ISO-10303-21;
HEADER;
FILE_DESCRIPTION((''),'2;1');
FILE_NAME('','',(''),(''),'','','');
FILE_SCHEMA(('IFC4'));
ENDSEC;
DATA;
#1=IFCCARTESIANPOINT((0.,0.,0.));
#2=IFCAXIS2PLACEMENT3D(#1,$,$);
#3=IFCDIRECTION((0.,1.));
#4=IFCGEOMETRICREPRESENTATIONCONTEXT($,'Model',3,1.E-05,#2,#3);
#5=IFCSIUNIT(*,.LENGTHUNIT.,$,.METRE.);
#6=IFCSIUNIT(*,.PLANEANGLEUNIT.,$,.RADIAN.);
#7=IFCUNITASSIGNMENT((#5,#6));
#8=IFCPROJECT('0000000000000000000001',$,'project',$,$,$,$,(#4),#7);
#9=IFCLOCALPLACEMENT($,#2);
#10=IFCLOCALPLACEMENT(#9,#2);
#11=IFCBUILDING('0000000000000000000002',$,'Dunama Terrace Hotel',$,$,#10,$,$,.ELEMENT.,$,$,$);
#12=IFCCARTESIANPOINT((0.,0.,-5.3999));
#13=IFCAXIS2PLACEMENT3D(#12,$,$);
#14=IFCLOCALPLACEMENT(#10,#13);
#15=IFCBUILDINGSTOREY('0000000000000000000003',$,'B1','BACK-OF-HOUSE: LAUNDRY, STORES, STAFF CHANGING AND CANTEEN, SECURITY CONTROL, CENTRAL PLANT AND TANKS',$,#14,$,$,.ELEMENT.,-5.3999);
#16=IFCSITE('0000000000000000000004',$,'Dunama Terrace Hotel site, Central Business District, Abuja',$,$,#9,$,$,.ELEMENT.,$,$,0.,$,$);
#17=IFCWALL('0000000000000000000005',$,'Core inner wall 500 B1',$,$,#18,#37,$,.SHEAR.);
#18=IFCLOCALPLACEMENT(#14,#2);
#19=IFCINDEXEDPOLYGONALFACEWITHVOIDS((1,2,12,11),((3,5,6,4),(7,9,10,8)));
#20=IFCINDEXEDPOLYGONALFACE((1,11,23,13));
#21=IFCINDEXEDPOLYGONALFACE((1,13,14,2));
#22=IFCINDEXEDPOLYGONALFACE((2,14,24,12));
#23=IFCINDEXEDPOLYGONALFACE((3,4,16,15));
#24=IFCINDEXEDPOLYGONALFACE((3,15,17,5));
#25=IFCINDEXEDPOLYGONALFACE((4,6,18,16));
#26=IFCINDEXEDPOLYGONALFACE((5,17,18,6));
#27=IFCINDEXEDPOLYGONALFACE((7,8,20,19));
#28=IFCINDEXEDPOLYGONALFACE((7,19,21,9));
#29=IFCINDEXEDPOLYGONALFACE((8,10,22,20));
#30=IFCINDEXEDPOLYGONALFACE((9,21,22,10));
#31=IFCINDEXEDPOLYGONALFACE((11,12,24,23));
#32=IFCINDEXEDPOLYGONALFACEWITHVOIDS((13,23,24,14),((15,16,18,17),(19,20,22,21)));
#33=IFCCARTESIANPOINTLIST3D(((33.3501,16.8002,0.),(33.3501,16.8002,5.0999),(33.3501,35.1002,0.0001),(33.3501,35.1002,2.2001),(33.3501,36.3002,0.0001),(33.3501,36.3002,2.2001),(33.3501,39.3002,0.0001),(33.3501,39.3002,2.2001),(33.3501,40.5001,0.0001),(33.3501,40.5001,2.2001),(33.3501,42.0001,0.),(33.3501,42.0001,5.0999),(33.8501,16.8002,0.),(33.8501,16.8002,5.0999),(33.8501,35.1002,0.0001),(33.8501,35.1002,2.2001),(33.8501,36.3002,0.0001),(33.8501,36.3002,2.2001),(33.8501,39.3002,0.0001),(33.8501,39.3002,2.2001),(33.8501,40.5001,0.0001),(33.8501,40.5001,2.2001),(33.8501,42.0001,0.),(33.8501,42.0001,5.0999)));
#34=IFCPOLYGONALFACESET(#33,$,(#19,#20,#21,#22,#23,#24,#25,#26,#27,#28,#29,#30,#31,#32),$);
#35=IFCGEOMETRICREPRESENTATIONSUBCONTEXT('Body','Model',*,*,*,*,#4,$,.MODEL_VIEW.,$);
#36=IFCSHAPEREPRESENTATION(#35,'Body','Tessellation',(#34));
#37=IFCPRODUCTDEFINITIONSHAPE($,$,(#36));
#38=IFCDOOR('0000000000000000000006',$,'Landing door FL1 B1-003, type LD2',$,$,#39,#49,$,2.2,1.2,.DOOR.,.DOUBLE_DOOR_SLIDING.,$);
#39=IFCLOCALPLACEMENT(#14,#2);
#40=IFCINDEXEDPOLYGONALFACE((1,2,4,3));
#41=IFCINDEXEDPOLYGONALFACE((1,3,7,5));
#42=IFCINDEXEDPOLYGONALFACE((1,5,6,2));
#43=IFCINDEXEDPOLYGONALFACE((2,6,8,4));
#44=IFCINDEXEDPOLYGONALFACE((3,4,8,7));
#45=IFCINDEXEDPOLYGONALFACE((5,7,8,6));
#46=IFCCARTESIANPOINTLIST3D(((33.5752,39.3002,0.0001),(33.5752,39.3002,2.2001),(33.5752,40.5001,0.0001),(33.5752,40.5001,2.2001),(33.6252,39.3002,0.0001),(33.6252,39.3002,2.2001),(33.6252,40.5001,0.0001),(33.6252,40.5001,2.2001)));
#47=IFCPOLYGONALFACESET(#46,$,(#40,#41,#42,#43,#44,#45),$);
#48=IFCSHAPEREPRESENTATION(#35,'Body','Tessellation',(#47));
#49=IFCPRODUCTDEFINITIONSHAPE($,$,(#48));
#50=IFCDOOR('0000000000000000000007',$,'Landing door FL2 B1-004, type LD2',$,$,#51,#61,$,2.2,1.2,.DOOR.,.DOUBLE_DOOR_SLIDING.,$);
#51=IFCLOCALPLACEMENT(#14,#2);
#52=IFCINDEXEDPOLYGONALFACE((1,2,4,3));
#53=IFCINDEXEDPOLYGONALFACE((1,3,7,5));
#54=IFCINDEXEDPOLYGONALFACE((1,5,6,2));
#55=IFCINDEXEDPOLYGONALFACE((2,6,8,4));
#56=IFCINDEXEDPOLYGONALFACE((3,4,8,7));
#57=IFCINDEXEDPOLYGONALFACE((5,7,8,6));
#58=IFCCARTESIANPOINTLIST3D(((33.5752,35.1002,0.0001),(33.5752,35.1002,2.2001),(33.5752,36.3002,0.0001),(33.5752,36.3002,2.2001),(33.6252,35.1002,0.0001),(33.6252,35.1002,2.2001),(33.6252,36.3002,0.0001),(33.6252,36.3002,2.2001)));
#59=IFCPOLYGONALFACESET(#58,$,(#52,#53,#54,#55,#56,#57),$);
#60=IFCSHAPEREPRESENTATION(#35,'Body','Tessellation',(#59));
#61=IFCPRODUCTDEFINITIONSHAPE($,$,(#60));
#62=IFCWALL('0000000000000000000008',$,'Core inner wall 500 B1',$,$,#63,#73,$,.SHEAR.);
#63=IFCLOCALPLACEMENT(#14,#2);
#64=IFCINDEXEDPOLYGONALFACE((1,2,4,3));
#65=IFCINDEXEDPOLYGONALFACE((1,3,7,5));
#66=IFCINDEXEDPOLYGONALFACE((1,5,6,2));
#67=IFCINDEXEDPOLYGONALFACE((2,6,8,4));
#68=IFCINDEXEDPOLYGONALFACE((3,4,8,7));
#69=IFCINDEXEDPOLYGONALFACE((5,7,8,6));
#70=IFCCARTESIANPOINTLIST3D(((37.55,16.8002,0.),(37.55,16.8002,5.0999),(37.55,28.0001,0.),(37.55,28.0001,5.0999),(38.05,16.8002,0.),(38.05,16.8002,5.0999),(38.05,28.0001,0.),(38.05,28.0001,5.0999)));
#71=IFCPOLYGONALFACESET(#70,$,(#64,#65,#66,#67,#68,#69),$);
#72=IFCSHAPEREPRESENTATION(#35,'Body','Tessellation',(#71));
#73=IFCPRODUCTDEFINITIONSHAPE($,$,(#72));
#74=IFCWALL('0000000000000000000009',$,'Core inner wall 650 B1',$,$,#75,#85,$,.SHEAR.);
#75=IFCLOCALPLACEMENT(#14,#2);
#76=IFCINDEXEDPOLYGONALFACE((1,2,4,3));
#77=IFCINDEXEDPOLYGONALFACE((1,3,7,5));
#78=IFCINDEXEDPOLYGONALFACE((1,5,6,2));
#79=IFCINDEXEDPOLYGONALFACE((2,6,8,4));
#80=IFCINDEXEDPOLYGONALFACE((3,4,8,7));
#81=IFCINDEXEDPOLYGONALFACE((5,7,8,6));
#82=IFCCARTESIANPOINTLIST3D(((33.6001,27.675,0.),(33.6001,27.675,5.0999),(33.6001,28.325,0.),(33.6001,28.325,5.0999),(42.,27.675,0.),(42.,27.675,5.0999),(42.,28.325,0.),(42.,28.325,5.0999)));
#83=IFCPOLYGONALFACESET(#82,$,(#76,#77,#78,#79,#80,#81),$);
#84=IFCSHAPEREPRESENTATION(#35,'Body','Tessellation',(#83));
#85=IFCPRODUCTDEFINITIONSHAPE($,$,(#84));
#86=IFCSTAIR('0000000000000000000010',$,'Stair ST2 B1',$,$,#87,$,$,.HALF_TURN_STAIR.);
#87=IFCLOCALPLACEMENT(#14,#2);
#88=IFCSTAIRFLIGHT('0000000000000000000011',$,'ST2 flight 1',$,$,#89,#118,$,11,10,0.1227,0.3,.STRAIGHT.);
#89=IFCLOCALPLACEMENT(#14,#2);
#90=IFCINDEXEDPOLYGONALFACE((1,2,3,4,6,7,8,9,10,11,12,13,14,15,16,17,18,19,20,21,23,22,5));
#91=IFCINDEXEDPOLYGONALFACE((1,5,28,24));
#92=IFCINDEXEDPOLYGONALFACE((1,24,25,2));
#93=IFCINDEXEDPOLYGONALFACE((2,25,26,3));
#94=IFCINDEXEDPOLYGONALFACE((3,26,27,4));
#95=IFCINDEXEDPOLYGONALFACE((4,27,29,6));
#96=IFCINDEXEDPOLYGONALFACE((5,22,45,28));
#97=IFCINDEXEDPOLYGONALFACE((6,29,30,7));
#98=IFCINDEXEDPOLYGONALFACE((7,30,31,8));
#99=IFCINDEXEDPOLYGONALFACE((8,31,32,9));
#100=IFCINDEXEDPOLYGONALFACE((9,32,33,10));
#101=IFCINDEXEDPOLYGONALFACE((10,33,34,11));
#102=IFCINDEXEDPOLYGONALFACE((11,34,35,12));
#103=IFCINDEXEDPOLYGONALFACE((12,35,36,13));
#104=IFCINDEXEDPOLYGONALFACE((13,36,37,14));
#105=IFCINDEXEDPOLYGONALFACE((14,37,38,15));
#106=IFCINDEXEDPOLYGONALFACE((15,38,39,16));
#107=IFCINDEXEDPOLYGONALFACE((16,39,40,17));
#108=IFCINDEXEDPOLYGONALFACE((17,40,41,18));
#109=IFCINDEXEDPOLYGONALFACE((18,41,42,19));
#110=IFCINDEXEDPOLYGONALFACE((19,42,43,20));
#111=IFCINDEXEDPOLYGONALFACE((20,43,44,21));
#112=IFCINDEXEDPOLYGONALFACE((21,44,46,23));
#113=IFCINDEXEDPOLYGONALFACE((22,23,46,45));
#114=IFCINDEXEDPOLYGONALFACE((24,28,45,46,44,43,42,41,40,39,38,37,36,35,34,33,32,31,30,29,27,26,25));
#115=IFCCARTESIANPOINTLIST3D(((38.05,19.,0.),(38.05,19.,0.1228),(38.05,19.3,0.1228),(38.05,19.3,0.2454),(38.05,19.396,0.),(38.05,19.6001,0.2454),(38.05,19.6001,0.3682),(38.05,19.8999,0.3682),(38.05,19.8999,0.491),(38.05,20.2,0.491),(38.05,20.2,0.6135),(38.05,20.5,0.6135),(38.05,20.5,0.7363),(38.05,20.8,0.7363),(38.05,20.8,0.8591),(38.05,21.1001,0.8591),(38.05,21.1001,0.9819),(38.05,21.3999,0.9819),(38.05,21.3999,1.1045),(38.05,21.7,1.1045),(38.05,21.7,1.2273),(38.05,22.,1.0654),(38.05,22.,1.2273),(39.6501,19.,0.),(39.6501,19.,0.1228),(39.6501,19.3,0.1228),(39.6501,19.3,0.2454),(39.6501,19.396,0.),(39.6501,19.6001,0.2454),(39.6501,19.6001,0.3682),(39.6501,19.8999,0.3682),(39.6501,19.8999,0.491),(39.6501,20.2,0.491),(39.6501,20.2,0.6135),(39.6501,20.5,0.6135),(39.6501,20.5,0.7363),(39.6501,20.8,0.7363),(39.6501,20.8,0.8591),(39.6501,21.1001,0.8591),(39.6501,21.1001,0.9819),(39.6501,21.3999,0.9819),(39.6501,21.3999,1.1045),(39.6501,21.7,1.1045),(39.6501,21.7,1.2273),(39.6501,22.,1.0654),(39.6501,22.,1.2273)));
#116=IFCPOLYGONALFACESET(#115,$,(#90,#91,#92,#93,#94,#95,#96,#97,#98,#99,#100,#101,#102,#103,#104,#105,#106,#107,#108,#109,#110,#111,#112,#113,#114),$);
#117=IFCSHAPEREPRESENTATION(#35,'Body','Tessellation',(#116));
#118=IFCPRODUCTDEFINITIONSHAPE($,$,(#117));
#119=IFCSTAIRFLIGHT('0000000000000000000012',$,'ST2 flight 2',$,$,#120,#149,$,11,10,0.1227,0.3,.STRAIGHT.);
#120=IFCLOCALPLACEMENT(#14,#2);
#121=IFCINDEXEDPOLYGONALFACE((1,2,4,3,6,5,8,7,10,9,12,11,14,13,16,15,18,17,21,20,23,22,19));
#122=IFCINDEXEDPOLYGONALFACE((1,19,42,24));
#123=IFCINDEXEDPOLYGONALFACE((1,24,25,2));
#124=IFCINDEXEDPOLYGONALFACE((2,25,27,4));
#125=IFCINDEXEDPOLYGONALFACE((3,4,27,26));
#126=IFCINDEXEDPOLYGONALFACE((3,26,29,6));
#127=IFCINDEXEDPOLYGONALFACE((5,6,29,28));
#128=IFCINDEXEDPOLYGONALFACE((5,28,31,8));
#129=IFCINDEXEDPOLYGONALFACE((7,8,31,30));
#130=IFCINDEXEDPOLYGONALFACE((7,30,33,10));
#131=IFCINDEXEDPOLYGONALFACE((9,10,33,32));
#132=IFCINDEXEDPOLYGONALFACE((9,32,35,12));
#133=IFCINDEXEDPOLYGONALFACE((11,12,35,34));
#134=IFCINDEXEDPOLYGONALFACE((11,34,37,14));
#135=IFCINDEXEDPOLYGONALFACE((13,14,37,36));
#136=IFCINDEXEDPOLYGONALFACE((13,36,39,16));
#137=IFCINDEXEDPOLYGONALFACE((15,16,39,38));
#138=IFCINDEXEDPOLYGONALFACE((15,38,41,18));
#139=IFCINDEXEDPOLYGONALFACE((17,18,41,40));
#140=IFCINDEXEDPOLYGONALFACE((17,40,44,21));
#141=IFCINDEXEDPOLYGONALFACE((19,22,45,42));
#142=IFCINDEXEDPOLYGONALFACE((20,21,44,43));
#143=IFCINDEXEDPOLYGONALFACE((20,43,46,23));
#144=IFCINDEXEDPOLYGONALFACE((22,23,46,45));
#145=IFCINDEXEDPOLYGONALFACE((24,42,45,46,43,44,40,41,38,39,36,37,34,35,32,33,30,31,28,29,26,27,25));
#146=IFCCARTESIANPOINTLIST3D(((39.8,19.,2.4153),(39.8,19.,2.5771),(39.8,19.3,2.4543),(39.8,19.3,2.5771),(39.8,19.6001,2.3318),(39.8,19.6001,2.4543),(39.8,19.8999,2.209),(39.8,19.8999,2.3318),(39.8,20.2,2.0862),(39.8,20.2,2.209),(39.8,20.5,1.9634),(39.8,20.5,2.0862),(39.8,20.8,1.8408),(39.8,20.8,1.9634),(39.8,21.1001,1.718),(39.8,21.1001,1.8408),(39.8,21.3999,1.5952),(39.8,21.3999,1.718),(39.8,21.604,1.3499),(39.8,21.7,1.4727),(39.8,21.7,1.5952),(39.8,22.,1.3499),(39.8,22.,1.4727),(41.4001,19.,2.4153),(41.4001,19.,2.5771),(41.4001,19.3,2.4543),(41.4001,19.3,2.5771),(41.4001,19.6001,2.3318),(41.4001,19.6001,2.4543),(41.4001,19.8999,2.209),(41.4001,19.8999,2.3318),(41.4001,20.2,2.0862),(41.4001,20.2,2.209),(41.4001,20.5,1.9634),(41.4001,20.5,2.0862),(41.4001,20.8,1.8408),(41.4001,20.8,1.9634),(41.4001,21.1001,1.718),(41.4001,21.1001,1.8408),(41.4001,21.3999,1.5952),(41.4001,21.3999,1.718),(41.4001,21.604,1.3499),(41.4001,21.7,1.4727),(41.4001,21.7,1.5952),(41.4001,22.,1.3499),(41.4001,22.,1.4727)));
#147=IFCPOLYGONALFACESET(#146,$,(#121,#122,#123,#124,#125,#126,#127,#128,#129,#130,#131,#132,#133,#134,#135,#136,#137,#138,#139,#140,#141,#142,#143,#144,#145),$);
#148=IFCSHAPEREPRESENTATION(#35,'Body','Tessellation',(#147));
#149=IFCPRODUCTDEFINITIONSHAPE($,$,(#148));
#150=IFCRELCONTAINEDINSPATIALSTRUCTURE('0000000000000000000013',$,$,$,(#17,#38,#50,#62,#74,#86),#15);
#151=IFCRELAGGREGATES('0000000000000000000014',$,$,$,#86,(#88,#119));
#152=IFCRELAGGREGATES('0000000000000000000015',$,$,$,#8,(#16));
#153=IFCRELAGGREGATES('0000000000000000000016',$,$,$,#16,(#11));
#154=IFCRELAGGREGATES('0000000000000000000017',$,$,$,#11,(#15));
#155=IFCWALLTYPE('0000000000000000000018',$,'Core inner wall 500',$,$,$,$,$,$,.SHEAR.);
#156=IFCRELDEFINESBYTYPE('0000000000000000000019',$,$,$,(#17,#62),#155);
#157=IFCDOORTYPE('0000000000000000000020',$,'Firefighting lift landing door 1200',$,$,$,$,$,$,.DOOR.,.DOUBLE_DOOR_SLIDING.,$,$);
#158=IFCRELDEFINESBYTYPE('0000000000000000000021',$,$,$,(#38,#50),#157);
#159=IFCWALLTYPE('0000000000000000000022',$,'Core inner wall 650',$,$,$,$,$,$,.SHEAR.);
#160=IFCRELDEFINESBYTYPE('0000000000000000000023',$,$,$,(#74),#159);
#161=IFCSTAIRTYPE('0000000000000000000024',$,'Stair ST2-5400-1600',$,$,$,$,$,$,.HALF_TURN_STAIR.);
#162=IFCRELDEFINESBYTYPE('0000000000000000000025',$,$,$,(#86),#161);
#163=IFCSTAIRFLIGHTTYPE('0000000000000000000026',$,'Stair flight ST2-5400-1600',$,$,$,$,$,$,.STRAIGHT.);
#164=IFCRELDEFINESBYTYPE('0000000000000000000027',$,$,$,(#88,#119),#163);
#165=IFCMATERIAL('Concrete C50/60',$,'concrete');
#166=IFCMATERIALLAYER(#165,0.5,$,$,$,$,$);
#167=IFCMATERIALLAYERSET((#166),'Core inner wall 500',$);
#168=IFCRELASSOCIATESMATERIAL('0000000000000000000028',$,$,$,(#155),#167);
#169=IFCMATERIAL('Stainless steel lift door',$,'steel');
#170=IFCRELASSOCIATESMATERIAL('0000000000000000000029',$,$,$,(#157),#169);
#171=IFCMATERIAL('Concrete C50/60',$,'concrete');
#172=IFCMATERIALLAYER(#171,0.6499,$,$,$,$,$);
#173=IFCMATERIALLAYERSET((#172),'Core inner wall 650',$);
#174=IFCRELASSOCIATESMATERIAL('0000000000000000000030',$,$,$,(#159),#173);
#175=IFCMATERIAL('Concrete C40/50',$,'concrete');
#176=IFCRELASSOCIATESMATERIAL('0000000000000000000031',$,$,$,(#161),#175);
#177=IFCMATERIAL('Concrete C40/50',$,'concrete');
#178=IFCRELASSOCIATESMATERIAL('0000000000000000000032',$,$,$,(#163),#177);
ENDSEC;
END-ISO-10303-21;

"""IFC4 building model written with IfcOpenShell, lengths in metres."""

from ifc_helpers import new_model, si_unit, direction, frame, frame_2d, origin, place, context, subcontext, project, spatial, polyline, rectangle, outline, extrude, material, layer, layer_set, type_object, element, fill, aggregate, save


model = new_model("IFC4")

# Units and contexts
model_context = context("Model", 3, precision=1e-05, world=origin(), true_north=direction((0.0, 1.0)))
body_context = subcontext(model_context, "Body", "Model", "MODEL_VIEW")
ifc_project = project(units=[si_unit("LENGTHUNIT", "METRE"), si_unit("PLANEANGLEUNIT", "RADIAN")], contexts=[model_context])

# Site, building, storey
site_placement = place(None, origin())
site = spatial("IfcSite", under=ifc_project, at=site_placement, Name="Dunama Terrace Hotel site, Central Business District, Abuja", CompositionType="ELEMENT", RefElevation=0.0)
building_placement = place(site_placement, origin())
building = spatial("IfcBuilding", under=site, at=building_placement, Name="Dunama Terrace Hotel", CompositionType="ELEMENT")
storey_placement = place(building_placement, frame((0.0, 0.0, -5.3999)))
storey = spatial("IfcBuildingStorey", under=building, at=storey_placement, Name="B1", Description="BACK-OF-HOUSE: LAUNDRY, STORES, STAFF CHANGING AND CANTEEN, SECURITY CONTROL, CENTRAL PLANT AND TANKS", CompositionType="ELEMENT", Elevation=-5.3999)

# Wall, openings, doors
ifc_material_1 = material(Name="Concrete C50/60", Category="concrete")
ifc_layer_1 = layer(ifc_material_1, 0.5)
ifc_layer_set_1 = layer_set([ifc_layer_1], Name="Core inner wall 500")
wall_type_1 = type_object("IfcWallType", Name="Core inner wall 500", PredefinedType="SHEAR", material=ifc_layer_set_1)
wall_1_placement = place(storey_placement, frame((33.6001, 16.8, 0.0), z_axis=(0.0, 0.0, 1.0), x_axis=(0.0, 1.0, 0.0)))
wall_1 = element("IfcWall", 1, at=wall_1_placement, inside=storey, type_object=wall_type_1, Name="Core inner wall 500 B1", PredefinedType="SHEAR", context=body_context, shape_type="SweptSolid", body=[
    extrude(rectangle(XDim=25.2, YDim=0.5, at=frame_2d((12.6001, 0.0))), origin(), (0.0, 0.0, 1.0), 5.0999),
])
opening_1_placement = place(wall_1_placement, frame((22.5, 0.0, 0.0)))
opening_1 = element("IfcOpeningElement", 2, at=opening_1_placement, cuts=wall_1, PredefinedType="OPENING", context=body_context, shape_type="SweptSolid", body=[
    extrude(rectangle(XDim=1.2, YDim=2.2, at=frame_2d((0.6001, 1.1001))), frame((0.0, 0.26, 0.0), z_axis=(0.0, -1.0, 0.0), x_axis=(1.0, 0.0, 0.0)), (0.0, 0.0, 1.0), 0.52),
])
opening_2_placement = place(wall_1_placement, frame((18.3, 0.0, 0.0)))
opening_2 = element("IfcOpeningElement", 3, at=opening_2_placement, cuts=wall_1, PredefinedType="OPENING", context=body_context, shape_type="SweptSolid", body=[
    extrude(rectangle(XDim=1.2, YDim=2.2, at=frame_2d((0.6001, 1.1001))), frame((0.0, 0.26, 0.0), z_axis=(0.0, -1.0, 0.0), x_axis=(1.0, 0.0, 0.0)), (0.0, 0.0, 1.0), 0.52),
])
ifc_material_2 = material(Name="Stainless steel lift door", Category="steel")
door_type_1 = type_object("IfcDoorType", Name="Firefighting lift landing door 1200", OperationType="DOUBLE_DOOR_SLIDING", PredefinedType="DOOR", material=ifc_material_2)
door_1_placement = place(opening_1_placement, origin())
door_1 = element("IfcDoor", 4, at=door_1_placement, inside=storey, type_object=door_type_1, Name="Landing door FL1 B1-003, type LD2", OperationType="DOUBLE_DOOR_SLIDING", OverallHeight=2.2, OverallWidth=1.2, PredefinedType="DOOR", context=body_context, shape_type="SweptSolid", body=[
    extrude(rectangle(XDim=1.2, YDim=2.2, at=frame_2d((0.6001, 1.1001))), frame((0.0, 0.0249, 0.0), z_axis=(0.0, -1.0, 0.0), x_axis=(1.0, 0.0, 0.0)), (0.0, 0.0, 1.0), 0.05),
])
fill(opening_1, door_1)
door_2_placement = place(opening_2_placement, origin())
door_2 = element("IfcDoor", 5, at=door_2_placement, inside=storey, type_object=door_type_1, Name="Landing door FL2 B1-004, type LD2", OperationType="DOUBLE_DOOR_SLIDING", OverallHeight=2.2, OverallWidth=1.2, PredefinedType="DOOR", context=body_context, shape_type="SweptSolid", body=[
    extrude(rectangle(XDim=1.2, YDim=2.2, at=frame_2d((0.6001, 1.1001))), frame((0.0, 0.0249, 0.0), z_axis=(0.0, -1.0, 0.0), x_axis=(1.0, 0.0, 0.0)), (0.0, 0.0, 1.0), 0.05),
])
fill(opening_2, door_2)

# Walls
wall_2_placement = place(storey_placement, frame((37.8, 16.8, 0.0), z_axis=(0.0, 0.0, 1.0), x_axis=(0.0, 1.0, 0.0)))
element("IfcWall", 6, at=wall_2_placement, inside=storey, type_object=wall_type_1, Name="Core inner wall 500 B1", PredefinedType="SHEAR", context=body_context, shape_type="SweptSolid", body=[
    extrude(rectangle(XDim=11.2, YDim=0.5, at=frame_2d((5.6001, 0.0))), origin(), (0.0, 0.0, 1.0), 5.0999),
])
ifc_material_3 = material(Name="Concrete C50/60", Category="concrete")
ifc_layer_2 = layer(ifc_material_3, 0.6499)
ifc_layer_set_2 = layer_set([ifc_layer_2], Name="Core inner wall 650")
wall_type_2 = type_object("IfcWallType", Name="Core inner wall 650", PredefinedType="SHEAR", material=ifc_layer_set_2)
wall_3_placement = place(storey_placement, frame((33.6001, 28.0, 0.0), z_axis=(0.0, 0.0, 1.0), x_axis=(1.0, 0.0, 0.0)))
element("IfcWall", 7, at=wall_3_placement, inside=storey, type_object=wall_type_2, Name="Core inner wall 650 B1", PredefinedType="SHEAR", context=body_context, shape_type="SweptSolid", body=[
    extrude(rectangle(XDim=8.3999, YDim=0.6499, at=frame_2d((4.2, 0.0))), origin(), (0.0, 0.0, 1.0), 5.0999),
])

# Stair, stair flights
ifc_material_4 = material(Name="Concrete C40/50", Category="concrete")
stair_type = type_object("IfcStairType", Name="Stair ST2-5400-1600", PredefinedType="HALF_TURN_STAIR", material=ifc_material_4)
stair_placement = place(storey_placement, origin())
stair = element("IfcStair", 8, at=stair_placement, inside=storey, type_object=stair_type, Name="Stair ST2 B1", PredefinedType="HALF_TURN_STAIR")
ifc_material_5 = material(Name="Concrete C40/50", Category="concrete")
stair_flight_type = type_object("IfcStairFlightType", Name="Stair flight ST2-5400-1600", PredefinedType="STRAIGHT", material=ifc_material_5)
stair_flight_1_placement = place(storey_placement, frame((38.8501, 19.0, 0.0), z_axis=(0.0, 0.0, 1.0), x_axis=(0.0, 1.0, 0.0)))
stair_flight_1 = element("IfcStairFlight", 9, at=stair_flight_1_placement, type_object=stair_flight_type, Name="ST2 flight 1", NumberOfRisers=11, NumberOfTreads=10, PredefinedType="STRAIGHT", RiserHeight=0.1227, TreadLength=0.3, context=body_context, shape_type="SweptSolid", body=[
    extrude(outline(polyline([(0.0, 0.0), (0.0, 0.1228), (0.3, 0.1228), (0.3, 0.2454), (0.6001, 0.2454), (0.6001, 0.3682), (0.8999, 0.3682), (0.8999, 0.491), (1.2, 0.491), (1.2, 0.6135), (1.5, 0.6135), (1.5, 0.7363), (1.8, 0.7363), (1.8, 0.8591), (2.1001, 0.8591), (2.1001, 0.9819), (2.3999, 0.9819), (2.3999, 1.1045), (2.7, 1.1045), (2.7, 1.2273), (3.0, 1.2273), (3.0, 1.3501), (3.0, 1.0654), (0.396, 0.0), (0.0, 0.0)])), frame((0.0, 0.8, 0.0), z_axis=(0.0, -1.0, 0.0), x_axis=(1.0, 0.0, 0.0)), (0.0, 0.0, 1.0), 1.6001),
])
stair_flight_2_placement = place(storey_placement, frame((40.6001, 22.0, 1.3499), z_axis=(0.0, 0.0, 1.0), x_axis=(0.0, -1.0, 0.0)))
stair_flight_2 = element("IfcStairFlight", 10, at=stair_flight_2_placement, type_object=stair_flight_type, Name="ST2 flight 2", NumberOfRisers=11, NumberOfTreads=10, PredefinedType="STRAIGHT", RiserHeight=0.1227, TreadLength=0.3, context=body_context, shape_type="SweptSolid", body=[
    extrude(outline(polyline([(0.0, 0.0), (0.0, 0.1228), (0.3, 0.1228), (0.3, 0.2454), (0.6001, 0.2454), (0.6001, 0.3682), (0.8999, 0.3682), (0.8999, 0.491), (1.2, 0.491), (1.2, 0.6135), (1.5, 0.6135), (1.5, 0.7363), (1.8, 0.7363), (1.8, 0.8591), (2.1001, 0.8591), (2.1001, 0.9819), (2.3999, 0.9819), (2.3999, 1.1045), (2.7, 1.1045), (2.7, 1.2273), (3.0, 1.2273), (3.0, 1.3501), (3.0, 1.0654), (0.396, 0.0), (0.0, 0.0)])), frame((0.0, 0.8, 0.0), z_axis=(0.0, -1.0, 0.0), x_axis=(1.0, 0.0, 0.0)), (0.0, 0.0, 1.0), 1.6001),
])
aggregate(stair, [stair_flight_1, stair_flight_2])

save(model, "model.ifc")
